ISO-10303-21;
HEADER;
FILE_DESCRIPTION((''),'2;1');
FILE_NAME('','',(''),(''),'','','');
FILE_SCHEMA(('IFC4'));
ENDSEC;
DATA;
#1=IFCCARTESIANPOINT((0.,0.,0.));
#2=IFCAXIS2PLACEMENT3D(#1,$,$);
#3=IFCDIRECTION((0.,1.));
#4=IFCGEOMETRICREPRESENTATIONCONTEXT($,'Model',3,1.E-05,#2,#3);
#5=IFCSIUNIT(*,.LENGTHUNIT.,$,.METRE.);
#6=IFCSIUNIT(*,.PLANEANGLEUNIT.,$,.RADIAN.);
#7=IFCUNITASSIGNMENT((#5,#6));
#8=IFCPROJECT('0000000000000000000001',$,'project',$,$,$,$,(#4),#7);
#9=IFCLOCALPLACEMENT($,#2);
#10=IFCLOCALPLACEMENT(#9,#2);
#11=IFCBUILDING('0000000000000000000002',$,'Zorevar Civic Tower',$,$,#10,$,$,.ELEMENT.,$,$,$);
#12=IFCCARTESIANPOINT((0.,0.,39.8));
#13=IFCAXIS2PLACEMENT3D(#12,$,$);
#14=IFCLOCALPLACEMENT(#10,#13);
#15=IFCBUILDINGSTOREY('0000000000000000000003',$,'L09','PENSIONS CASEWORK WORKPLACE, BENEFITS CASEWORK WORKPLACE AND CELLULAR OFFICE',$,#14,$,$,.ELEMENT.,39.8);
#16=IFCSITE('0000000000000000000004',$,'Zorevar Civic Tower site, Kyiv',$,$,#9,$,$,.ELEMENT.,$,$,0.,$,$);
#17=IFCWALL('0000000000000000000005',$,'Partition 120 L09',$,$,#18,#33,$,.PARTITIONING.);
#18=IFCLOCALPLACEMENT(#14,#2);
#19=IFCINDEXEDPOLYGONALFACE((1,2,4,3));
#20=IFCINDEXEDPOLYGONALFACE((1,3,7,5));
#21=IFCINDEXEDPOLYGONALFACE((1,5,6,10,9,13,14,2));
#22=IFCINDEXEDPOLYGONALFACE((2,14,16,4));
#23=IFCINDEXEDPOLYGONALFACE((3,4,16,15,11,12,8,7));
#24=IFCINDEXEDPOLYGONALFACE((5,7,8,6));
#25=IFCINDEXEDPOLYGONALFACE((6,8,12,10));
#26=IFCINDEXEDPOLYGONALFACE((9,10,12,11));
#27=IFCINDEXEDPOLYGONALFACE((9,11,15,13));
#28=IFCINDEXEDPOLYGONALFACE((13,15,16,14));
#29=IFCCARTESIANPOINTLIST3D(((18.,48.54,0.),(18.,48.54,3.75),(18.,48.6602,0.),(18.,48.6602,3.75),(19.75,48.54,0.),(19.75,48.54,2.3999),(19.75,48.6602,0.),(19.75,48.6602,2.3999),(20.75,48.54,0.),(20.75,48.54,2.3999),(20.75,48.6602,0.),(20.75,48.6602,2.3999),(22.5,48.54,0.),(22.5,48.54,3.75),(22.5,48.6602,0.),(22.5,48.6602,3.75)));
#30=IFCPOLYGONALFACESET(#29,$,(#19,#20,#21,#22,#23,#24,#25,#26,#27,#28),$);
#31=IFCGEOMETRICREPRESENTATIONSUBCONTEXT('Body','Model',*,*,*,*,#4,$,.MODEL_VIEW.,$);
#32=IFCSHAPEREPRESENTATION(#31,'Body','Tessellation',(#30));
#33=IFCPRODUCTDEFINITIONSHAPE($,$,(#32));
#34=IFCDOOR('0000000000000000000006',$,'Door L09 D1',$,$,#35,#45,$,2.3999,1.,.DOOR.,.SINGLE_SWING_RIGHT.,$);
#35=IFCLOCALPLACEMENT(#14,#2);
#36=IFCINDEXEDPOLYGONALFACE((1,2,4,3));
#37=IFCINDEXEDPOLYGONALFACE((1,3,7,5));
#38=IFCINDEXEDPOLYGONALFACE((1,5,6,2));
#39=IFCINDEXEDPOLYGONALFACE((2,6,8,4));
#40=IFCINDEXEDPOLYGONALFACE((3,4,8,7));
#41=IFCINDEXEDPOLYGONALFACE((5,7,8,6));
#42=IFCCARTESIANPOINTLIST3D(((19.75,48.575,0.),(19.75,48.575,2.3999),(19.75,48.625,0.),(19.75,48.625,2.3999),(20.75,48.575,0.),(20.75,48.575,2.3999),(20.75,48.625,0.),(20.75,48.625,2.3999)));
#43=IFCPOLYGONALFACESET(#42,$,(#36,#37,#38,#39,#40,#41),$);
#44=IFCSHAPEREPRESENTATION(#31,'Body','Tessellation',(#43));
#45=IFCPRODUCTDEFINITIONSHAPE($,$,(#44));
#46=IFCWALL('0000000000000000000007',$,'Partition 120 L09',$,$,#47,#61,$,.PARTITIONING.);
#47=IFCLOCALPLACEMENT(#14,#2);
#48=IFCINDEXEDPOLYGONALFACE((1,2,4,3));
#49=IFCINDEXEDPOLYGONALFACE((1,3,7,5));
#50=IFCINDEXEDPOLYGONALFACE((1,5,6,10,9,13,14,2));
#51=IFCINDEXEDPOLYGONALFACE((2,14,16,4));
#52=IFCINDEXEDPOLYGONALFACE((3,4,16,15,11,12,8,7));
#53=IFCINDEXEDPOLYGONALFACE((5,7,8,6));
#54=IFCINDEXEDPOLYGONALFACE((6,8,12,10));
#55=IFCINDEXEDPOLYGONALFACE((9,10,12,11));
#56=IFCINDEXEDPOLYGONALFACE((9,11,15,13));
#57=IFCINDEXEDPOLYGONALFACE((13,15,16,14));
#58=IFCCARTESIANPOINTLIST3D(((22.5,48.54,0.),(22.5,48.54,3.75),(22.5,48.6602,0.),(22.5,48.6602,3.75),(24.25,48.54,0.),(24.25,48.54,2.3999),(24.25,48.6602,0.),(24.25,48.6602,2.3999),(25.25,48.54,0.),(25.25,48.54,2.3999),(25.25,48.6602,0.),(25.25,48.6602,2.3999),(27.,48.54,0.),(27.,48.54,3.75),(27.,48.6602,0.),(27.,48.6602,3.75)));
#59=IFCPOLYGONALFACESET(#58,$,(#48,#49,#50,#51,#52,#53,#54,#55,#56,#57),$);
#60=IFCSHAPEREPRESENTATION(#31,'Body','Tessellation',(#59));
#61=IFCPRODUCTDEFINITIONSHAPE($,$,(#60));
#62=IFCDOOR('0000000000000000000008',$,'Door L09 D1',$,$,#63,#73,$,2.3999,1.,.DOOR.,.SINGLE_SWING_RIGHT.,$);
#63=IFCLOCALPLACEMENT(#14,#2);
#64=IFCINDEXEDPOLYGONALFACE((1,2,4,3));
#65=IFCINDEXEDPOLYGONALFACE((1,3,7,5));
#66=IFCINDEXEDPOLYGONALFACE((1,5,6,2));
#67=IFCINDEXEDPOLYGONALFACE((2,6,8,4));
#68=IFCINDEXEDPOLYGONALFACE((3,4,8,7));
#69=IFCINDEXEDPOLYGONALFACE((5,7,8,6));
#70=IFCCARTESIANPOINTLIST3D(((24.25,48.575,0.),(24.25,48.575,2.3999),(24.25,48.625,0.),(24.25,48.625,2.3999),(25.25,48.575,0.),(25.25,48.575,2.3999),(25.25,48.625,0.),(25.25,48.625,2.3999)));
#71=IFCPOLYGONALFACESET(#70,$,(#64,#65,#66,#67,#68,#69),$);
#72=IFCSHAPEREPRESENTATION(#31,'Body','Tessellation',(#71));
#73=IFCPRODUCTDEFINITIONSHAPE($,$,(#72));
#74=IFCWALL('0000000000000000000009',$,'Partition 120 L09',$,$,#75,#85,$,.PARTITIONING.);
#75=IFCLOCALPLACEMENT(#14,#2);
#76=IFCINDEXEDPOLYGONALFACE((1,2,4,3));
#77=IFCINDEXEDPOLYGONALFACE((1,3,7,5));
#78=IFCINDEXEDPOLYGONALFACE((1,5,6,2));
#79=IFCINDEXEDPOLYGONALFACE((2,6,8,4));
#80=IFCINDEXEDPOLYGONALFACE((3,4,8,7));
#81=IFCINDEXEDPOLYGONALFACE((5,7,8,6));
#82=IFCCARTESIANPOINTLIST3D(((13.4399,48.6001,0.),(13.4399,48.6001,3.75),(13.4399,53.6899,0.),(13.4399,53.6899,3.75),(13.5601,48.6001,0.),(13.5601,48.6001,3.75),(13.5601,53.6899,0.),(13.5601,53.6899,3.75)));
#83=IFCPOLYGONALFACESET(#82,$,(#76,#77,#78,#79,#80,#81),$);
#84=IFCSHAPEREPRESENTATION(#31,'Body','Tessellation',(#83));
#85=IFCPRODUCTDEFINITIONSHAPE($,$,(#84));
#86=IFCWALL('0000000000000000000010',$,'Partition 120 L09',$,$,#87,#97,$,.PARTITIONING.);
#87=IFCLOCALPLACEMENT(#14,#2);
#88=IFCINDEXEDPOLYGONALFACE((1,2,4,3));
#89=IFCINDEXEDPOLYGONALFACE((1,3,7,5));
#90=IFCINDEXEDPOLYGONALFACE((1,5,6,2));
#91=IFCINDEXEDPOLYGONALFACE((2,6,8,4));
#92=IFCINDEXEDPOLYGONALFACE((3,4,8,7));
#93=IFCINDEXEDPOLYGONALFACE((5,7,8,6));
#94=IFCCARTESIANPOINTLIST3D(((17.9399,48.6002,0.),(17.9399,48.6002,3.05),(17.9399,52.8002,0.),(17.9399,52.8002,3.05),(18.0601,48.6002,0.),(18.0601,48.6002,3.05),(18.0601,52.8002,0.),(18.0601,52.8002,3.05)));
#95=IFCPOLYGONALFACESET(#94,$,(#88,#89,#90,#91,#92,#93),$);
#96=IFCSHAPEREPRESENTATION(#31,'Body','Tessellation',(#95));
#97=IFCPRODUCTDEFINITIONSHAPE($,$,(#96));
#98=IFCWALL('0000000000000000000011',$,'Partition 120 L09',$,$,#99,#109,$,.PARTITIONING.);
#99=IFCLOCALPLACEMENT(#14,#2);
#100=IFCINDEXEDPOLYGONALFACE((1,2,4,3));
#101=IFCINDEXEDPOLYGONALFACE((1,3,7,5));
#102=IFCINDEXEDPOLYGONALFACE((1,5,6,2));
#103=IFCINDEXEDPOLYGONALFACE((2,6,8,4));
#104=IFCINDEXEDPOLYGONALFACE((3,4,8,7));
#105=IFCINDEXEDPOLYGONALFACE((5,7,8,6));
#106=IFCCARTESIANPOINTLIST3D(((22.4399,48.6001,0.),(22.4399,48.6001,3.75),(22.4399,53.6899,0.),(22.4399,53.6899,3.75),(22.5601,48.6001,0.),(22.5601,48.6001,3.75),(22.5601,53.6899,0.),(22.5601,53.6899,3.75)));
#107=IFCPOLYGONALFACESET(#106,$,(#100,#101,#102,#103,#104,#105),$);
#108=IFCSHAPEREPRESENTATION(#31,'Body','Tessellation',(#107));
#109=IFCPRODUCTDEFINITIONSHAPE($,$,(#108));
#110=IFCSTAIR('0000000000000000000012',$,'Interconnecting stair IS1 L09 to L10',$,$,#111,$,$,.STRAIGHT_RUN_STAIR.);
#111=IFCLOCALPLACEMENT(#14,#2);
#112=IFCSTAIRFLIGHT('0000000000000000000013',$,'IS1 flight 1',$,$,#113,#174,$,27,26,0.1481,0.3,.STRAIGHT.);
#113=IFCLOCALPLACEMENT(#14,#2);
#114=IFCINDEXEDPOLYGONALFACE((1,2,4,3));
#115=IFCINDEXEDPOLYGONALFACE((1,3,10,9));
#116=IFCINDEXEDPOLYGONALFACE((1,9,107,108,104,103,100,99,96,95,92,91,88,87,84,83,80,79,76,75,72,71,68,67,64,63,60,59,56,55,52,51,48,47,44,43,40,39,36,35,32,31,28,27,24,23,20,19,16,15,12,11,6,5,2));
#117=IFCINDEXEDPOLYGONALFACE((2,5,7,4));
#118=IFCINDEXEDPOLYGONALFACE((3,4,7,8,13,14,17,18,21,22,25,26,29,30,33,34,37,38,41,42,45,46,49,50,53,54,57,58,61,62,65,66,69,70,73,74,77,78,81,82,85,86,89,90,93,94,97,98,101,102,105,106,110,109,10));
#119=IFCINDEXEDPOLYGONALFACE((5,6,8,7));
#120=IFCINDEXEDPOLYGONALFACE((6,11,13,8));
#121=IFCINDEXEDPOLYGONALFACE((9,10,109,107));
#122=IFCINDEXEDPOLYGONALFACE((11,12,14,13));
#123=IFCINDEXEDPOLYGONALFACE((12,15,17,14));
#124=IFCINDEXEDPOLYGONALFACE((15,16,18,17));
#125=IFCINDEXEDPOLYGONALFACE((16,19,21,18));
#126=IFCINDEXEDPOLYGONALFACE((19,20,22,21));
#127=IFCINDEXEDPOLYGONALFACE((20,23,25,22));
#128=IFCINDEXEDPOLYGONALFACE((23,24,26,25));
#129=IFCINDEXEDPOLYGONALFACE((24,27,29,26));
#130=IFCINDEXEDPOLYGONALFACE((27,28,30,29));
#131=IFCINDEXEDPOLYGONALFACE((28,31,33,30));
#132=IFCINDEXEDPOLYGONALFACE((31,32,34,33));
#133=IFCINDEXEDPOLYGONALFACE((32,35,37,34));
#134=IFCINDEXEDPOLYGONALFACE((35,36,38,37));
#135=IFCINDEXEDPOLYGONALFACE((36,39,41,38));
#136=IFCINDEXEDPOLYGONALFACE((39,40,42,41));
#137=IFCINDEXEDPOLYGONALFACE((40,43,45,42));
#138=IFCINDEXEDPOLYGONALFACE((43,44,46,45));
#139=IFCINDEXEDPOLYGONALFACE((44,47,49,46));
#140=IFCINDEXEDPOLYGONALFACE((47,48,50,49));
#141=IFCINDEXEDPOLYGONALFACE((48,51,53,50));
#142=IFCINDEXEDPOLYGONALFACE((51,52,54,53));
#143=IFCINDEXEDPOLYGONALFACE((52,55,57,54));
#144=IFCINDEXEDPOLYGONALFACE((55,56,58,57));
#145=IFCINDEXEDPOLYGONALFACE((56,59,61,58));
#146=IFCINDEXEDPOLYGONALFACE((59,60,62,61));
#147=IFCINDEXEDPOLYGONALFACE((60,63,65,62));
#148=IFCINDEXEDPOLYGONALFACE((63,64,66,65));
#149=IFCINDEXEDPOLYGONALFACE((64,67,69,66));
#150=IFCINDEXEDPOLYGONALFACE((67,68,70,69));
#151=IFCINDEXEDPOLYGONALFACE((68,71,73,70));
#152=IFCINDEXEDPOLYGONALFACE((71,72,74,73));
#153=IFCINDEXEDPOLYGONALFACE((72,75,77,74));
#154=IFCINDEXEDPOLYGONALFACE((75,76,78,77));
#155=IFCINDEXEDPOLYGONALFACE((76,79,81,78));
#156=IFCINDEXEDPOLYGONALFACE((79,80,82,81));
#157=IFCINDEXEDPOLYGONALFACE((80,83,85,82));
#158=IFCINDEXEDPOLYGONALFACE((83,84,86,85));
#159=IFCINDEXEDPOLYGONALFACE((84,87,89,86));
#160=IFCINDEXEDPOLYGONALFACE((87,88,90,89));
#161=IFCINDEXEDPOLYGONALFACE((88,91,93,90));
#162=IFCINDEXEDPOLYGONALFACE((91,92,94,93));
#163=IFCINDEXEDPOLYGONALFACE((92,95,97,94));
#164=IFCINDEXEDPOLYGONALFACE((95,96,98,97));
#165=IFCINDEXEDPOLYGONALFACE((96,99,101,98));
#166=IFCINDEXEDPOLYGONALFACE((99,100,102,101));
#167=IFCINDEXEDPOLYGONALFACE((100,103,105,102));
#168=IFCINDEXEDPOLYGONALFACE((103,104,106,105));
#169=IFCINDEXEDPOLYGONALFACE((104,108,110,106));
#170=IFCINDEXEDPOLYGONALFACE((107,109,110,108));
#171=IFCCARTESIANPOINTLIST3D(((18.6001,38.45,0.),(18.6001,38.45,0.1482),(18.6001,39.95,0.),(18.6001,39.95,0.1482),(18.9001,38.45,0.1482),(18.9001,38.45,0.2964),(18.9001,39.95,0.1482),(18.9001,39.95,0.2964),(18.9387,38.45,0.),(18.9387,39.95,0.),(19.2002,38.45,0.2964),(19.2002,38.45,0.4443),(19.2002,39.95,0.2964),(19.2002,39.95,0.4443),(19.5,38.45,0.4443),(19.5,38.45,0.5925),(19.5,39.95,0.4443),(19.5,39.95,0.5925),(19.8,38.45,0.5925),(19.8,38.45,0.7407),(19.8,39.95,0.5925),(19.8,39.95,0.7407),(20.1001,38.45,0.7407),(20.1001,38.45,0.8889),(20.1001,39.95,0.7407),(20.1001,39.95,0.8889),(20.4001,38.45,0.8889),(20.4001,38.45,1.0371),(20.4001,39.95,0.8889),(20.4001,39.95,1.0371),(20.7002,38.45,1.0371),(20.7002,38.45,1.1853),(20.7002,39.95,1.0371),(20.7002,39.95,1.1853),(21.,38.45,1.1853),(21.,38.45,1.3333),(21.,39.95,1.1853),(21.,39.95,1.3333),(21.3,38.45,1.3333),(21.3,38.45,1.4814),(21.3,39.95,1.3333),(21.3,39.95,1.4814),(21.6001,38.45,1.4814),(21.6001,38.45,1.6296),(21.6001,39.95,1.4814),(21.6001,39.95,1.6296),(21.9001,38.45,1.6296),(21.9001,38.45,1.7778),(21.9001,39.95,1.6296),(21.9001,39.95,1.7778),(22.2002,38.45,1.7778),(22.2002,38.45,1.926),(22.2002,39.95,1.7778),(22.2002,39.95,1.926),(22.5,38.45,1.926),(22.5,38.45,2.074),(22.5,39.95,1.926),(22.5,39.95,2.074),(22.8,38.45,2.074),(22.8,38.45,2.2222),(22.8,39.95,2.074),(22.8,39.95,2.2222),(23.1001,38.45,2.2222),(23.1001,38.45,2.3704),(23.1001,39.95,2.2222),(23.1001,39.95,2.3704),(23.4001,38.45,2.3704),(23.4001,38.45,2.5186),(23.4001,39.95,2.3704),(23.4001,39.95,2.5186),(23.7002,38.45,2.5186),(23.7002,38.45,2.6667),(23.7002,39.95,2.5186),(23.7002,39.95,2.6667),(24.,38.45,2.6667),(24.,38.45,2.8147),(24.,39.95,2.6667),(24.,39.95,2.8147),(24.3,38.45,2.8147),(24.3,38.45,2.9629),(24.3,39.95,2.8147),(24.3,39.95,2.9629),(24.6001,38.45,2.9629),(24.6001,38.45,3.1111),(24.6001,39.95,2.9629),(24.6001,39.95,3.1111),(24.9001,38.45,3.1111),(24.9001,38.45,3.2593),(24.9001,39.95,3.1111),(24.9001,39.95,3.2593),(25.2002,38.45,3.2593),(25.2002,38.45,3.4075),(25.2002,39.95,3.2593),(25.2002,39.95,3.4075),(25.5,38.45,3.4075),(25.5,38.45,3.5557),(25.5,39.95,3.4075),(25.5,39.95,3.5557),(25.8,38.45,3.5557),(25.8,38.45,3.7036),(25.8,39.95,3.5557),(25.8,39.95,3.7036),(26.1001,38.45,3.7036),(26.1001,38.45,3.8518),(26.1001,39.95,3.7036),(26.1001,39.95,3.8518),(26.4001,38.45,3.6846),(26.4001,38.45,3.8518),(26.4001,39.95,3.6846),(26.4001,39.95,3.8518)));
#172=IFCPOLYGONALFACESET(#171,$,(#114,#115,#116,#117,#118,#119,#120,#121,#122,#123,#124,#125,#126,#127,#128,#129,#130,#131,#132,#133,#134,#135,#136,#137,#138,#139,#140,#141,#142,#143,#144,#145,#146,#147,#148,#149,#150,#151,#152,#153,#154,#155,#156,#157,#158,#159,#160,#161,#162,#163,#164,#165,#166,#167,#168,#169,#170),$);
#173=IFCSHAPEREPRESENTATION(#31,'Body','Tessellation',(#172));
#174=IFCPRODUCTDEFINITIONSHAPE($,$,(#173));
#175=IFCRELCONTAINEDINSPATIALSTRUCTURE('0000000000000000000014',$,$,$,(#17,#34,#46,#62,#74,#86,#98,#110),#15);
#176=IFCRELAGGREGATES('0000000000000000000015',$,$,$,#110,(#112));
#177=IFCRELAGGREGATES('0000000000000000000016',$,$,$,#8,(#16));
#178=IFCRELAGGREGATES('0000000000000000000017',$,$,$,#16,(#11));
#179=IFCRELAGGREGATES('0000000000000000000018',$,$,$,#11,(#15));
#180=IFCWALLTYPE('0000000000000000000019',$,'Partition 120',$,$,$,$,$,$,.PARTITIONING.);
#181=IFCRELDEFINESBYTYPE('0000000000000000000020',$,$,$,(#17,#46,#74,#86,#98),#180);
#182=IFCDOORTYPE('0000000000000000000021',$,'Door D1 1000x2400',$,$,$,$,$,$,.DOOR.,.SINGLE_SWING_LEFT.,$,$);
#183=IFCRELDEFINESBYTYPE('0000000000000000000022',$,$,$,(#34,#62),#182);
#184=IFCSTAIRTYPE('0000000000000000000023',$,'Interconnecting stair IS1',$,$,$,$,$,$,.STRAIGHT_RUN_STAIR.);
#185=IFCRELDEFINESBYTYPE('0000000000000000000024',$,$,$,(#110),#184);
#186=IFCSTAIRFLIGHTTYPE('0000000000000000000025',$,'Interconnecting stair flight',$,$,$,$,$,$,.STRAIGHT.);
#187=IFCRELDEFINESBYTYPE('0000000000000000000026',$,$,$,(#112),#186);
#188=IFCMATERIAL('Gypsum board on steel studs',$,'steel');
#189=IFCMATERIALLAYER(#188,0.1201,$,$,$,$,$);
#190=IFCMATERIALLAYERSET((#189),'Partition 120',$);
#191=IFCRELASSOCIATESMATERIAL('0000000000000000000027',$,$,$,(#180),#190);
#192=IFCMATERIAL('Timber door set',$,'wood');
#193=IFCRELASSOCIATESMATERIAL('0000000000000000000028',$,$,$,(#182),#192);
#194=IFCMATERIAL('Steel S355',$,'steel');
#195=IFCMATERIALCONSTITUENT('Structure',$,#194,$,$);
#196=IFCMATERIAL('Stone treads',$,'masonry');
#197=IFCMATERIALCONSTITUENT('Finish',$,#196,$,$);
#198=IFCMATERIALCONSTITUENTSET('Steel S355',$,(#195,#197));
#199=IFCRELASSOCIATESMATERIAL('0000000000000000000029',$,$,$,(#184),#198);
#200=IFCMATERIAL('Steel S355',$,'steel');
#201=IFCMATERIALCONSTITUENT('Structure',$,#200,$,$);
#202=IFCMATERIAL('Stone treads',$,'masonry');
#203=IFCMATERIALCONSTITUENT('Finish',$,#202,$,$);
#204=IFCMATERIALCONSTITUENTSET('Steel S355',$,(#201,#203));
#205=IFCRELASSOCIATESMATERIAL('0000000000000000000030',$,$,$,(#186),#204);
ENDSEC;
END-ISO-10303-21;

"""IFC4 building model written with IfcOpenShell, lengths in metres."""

from ifc_helpers import new_model, si_unit, direction, frame, frame_2d, origin, place, context, subcontext, project, spatial, polyline, rectangle, outline, extrude, material, layer, layer_set, constituent, constituent_set, type_object, element, fill, aggregate, save


model = new_model("IFC4")

# Units and contexts
model_context = context("Model", 3, precision=1e-05, world=origin(), true_north=direction((0.0, 1.0)))
body_context = subcontext(model_context, "Body", "Model", "MODEL_VIEW")
ifc_project = project(units=[si_unit("LENGTHUNIT", "METRE"), si_unit("PLANEANGLEUNIT", "RADIAN")], contexts=[model_context])

# Site, building, storey
site_placement = place(None, origin())
site = spatial("IfcSite", under=ifc_project, at=site_placement, Name="Zorevar Civic Tower site, Kyiv", CompositionType="ELEMENT", RefElevation=0.0)
building_placement = place(site_placement, origin())
building = spatial("IfcBuilding", under=site, at=building_placement, Name="Zorevar Civic Tower", CompositionType="ELEMENT")
storey_placement = place(building_placement, frame((0.0, 0.0, 39.8)))
storey = spatial("IfcBuildingStorey", under=building, at=storey_placement, Name="L09", Description="PENSIONS CASEWORK WORKPLACE, BENEFITS CASEWORK WORKPLACE AND CELLULAR OFFICE", CompositionType="ELEMENT", Elevation=39.8)

# Walls, openings, doors
ifc_material_1 = material(Name="Gypsum board on steel studs", Category="steel")
ifc_layer_1 = layer(ifc_material_1, 0.1201)
ifc_layer_set_1 = layer_set([ifc_layer_1], Name="Partition 120")
wall_type = type_object("IfcWallType", Name="Partition 120", PredefinedType="PARTITIONING", material=ifc_layer_set_1)
ifc_material_2 = material(Name="Timber door set", Category="wood")
door_type = type_object("IfcDoorType", Name="Door D1 1000x2400", OperationType="SINGLE_SWING_LEFT", PredefinedType="DOOR", material=ifc_material_2)
wall_1_placement = place(storey_placement, frame((18.0, 48.6001, 0.0), z_axis=(0.0, 0.0, 1.0), x_axis=(1.0, 0.0, 0.0)))
wall_1 = element("IfcWall", 1, at=wall_1_placement, inside=storey, type_object=wall_type, Name="Partition 120 L09", PredefinedType="PARTITIONING", context=body_context, shape_type="SweptSolid", body=[
    extrude(rectangle(XDim=4.5, YDim=0.1201, at=frame_2d((2.25, 0.0))), origin(), (0.0, 0.0, 1.0), 3.75),
])
opening_1_placement = place(wall_1_placement, frame((1.75, 0.0, 0.0)))
opening_1 = element("IfcOpeningElement", 2, at=opening_1_placement, cuts=wall_1, PredefinedType="OPENING", context=body_context, shape_type="SweptSolid", body=[
    extrude(rectangle(XDim=1.0, YDim=2.3999, at=frame_2d((0.5, 1.2))), frame((0.0, 0.0701, 0.0), z_axis=(0.0, -1.0, 0.0), x_axis=(1.0, 0.0, 0.0)), (0.0, 0.0, 1.0), 0.1401),
])
door_1_placement = place(opening_1_placement, origin())
door_1 = element("IfcDoor", 3, at=door_1_placement, inside=storey, type_object=door_type, Name="Door L09 D1", OperationType="SINGLE_SWING_RIGHT", OverallHeight=2.3999, OverallWidth=1.0, PredefinedType="DOOR", context=body_context, shape_type="SweptSolid", body=[
    extrude(rectangle(XDim=1.0, YDim=2.3999, at=frame_2d((0.5, 1.2))), frame((0.0, 0.0249, 0.0), z_axis=(0.0, -1.0, 0.0), x_axis=(1.0, 0.0, 0.0)), (0.0, 0.0, 1.0), 0.05),
])
fill(opening_1, door_1)
wall_2_placement = place(storey_placement, frame((22.5, 48.6001, 0.0), z_axis=(0.0, 0.0, 1.0), x_axis=(1.0, 0.0, 0.0)))
wall_2 = element("IfcWall", 4, at=wall_2_placement, inside=storey, type_object=wall_type, Name="Partition 120 L09", PredefinedType="PARTITIONING", context=body_context, shape_type="SweptSolid", body=[
    extrude(rectangle(XDim=4.5, YDim=0.1201, at=frame_2d((2.25, 0.0))), origin(), (0.0, 0.0, 1.0), 3.75),
])
opening_2_placement = place(wall_2_placement, frame((1.75, 0.0, 0.0)))
opening_2 = element("IfcOpeningElement", 5, at=opening_2_placement, cuts=wall_2, PredefinedType="OPENING", context=body_context, shape_type="SweptSolid", body=[
    extrude(rectangle(XDim=1.0, YDim=2.3999, at=frame_2d((0.5, 1.2))), frame((0.0, 0.0701, 0.0), z_axis=(0.0, -1.0, 0.0), x_axis=(1.0, 0.0, 0.0)), (0.0, 0.0, 1.0), 0.1401),
])
door_2_placement = place(opening_2_placement, origin())
door_2 = element("IfcDoor", 6, at=door_2_placement, inside=storey, type_object=door_type, Name="Door L09 D1", OperationType="SINGLE_SWING_RIGHT", OverallHeight=2.3999, OverallWidth=1.0, PredefinedType="DOOR", context=body_context, shape_type="SweptSolid", body=[
    extrude(rectangle(XDim=1.0, YDim=2.3999, at=frame_2d((0.5, 1.2))), frame((0.0, 0.0249, 0.0), z_axis=(0.0, -1.0, 0.0), x_axis=(1.0, 0.0, 0.0)), (0.0, 0.0, 1.0), 0.05),
])
fill(opening_2, door_2)

# Walls
wall_3_placement = place(storey_placement, frame((13.5, 48.6001, 0.0), z_axis=(0.0, 0.0, 1.0), x_axis=(0.0, 1.0, 0.0)))
element("IfcWall", 7, at=wall_3_placement, inside=storey, type_object=wall_type, Name="Partition 120 L09", PredefinedType="PARTITIONING", context=body_context, shape_type="SweptSolid", body=[
    extrude(rectangle(XDim=5.0898, YDim=0.1201, at=frame_2d((2.5449, 0.0))), origin(), (0.0, 0.0, 1.0), 3.75),
])
wall_4_placement = place(storey_placement, frame((18.0, 48.6001, 0.0), z_axis=(0.0, 0.0, 1.0), x_axis=(0.0, 1.0, 0.0)))
element("IfcWall", 8, at=wall_4_placement, inside=storey, type_object=wall_type, Name="Partition 120 L09", PredefinedType="PARTITIONING", context=body_context, shape_type="SweptSolid", body=[
    extrude(rectangle(XDim=4.2, YDim=0.1201, at=frame_2d((2.1001, 0.0))), origin(), (0.0, 0.0, 1.0), 3.05),
])
wall_5_placement = place(storey_placement, frame((22.5, 48.6001, 0.0), z_axis=(0.0, 0.0, 1.0), x_axis=(0.0, 1.0, 0.0)))
element("IfcWall", 9, at=wall_5_placement, inside=storey, type_object=wall_type, Name="Partition 120 L09", PredefinedType="PARTITIONING", context=body_context, shape_type="SweptSolid", body=[
    extrude(rectangle(XDim=5.0898, YDim=0.1201, at=frame_2d((2.5449, 0.0))), origin(), (0.0, 0.0, 1.0), 3.75),
])

# Stair, stair flight
ifc_material_3 = material(Name="Steel S355", Category="steel")
ifc_constituent_1 = constituent(ifc_material_3, Name="Structure")
ifc_material_4 = material(Name="Stone treads", Category="masonry")
ifc_constituent_2 = constituent(ifc_material_4, Name="Finish")
ifc_constituent_set_1 = constituent_set(constituents=[ifc_constituent_1, ifc_constituent_2], Name="Steel S355")
stair_type = type_object("IfcStairType", Name="Interconnecting stair IS1", PredefinedType="STRAIGHT_RUN_STAIR", material=ifc_constituent_set_1)
stair_placement = place(storey_placement, origin())
stair = element("IfcStair", 10, at=stair_placement, inside=storey, type_object=stair_type, Name="Interconnecting stair IS1 L09 to L10", PredefinedType="STRAIGHT_RUN_STAIR")
ifc_material_5 = material(Name="Steel S355", Category="steel")
ifc_constituent_3 = constituent(ifc_material_5, Name="Structure")
ifc_material_6 = material(Name="Stone treads", Category="masonry")
ifc_constituent_4 = constituent(ifc_material_6, Name="Finish")
ifc_constituent_set_2 = constituent_set(constituents=[ifc_constituent_3, ifc_constituent_4], Name="Steel S355")
stair_flight_type = type_object("IfcStairFlightType", Name="Interconnecting stair flight", PredefinedType="STRAIGHT", material=ifc_constituent_set_2)
stair_flight_placement = place(storey_placement, frame((18.6001, 39.2, 0.0), z_axis=(0.0, 0.0, 1.0), x_axis=(1.0, 0.0, 0.0)))
stair_flight = element("IfcStairFlight", 11, at=stair_flight_placement, type_object=stair_flight_type, Name="IS1 flight 1", NumberOfRisers=27, NumberOfTreads=26, PredefinedType="STRAIGHT", RiserHeight=0.1481, TreadLength=0.3, context=body_context, shape_type="SweptSolid", body=[
    extrude(outline(polyline([(0.0, 0.0), (0.0, 0.1482), (0.3, 0.1482), (0.3, 0.2964), (0.6001, 0.2964), (0.6001, 0.4443), (0.8999, 0.4443), (0.8999, 0.5925), (1.2, 0.5925), (1.2, 0.7407), (1.5, 0.7407), (1.5, 0.8889), (1.8, 0.8889), (1.8, 1.0371), (2.1001, 1.0371), (2.1001, 1.1853), (2.3999, 1.1853), (2.3999, 1.3333), (2.7, 1.3333), (2.7, 1.4814), (3.0, 1.4814), (3.0, 1.6296), (3.3, 1.6296), (3.3, 1.7778), (3.6001, 1.7778), (3.6001, 1.926), (3.8999, 1.926), (3.8999, 2.074), (4.2, 2.074), (4.2, 2.2222), (4.5, 2.2222), (4.5, 2.3704), (4.8, 2.3704), (4.8, 2.5186), (5.1001, 2.5186), (5.1001, 2.6667), (5.3999, 2.6667), (5.3999, 2.8147), (5.7, 2.8147), (5.7, 2.9629), (6.0, 2.9629), (6.0, 3.1111), (6.3, 3.1111), (6.3, 3.2593), (6.6001, 3.2593), (6.6001, 3.4075), (6.8999, 3.4075), (6.8999, 3.5557), (7.2, 3.5557), (7.2, 3.7036), (7.5, 3.7036), (7.5, 3.8518), (7.8, 3.8518), (7.8, 4.0), (7.8, 3.6846), (0.3386, 0.0), (0.0, 0.0)])), frame((0.0, 0.75, 0.0), z_axis=(0.0, -1.0, 0.0), x_axis=(1.0, 0.0, 0.0)), (0.0, 0.0, 1.0), 1.5),
])
aggregate(stair, [stair_flight])

save(model, "model.ifc")
